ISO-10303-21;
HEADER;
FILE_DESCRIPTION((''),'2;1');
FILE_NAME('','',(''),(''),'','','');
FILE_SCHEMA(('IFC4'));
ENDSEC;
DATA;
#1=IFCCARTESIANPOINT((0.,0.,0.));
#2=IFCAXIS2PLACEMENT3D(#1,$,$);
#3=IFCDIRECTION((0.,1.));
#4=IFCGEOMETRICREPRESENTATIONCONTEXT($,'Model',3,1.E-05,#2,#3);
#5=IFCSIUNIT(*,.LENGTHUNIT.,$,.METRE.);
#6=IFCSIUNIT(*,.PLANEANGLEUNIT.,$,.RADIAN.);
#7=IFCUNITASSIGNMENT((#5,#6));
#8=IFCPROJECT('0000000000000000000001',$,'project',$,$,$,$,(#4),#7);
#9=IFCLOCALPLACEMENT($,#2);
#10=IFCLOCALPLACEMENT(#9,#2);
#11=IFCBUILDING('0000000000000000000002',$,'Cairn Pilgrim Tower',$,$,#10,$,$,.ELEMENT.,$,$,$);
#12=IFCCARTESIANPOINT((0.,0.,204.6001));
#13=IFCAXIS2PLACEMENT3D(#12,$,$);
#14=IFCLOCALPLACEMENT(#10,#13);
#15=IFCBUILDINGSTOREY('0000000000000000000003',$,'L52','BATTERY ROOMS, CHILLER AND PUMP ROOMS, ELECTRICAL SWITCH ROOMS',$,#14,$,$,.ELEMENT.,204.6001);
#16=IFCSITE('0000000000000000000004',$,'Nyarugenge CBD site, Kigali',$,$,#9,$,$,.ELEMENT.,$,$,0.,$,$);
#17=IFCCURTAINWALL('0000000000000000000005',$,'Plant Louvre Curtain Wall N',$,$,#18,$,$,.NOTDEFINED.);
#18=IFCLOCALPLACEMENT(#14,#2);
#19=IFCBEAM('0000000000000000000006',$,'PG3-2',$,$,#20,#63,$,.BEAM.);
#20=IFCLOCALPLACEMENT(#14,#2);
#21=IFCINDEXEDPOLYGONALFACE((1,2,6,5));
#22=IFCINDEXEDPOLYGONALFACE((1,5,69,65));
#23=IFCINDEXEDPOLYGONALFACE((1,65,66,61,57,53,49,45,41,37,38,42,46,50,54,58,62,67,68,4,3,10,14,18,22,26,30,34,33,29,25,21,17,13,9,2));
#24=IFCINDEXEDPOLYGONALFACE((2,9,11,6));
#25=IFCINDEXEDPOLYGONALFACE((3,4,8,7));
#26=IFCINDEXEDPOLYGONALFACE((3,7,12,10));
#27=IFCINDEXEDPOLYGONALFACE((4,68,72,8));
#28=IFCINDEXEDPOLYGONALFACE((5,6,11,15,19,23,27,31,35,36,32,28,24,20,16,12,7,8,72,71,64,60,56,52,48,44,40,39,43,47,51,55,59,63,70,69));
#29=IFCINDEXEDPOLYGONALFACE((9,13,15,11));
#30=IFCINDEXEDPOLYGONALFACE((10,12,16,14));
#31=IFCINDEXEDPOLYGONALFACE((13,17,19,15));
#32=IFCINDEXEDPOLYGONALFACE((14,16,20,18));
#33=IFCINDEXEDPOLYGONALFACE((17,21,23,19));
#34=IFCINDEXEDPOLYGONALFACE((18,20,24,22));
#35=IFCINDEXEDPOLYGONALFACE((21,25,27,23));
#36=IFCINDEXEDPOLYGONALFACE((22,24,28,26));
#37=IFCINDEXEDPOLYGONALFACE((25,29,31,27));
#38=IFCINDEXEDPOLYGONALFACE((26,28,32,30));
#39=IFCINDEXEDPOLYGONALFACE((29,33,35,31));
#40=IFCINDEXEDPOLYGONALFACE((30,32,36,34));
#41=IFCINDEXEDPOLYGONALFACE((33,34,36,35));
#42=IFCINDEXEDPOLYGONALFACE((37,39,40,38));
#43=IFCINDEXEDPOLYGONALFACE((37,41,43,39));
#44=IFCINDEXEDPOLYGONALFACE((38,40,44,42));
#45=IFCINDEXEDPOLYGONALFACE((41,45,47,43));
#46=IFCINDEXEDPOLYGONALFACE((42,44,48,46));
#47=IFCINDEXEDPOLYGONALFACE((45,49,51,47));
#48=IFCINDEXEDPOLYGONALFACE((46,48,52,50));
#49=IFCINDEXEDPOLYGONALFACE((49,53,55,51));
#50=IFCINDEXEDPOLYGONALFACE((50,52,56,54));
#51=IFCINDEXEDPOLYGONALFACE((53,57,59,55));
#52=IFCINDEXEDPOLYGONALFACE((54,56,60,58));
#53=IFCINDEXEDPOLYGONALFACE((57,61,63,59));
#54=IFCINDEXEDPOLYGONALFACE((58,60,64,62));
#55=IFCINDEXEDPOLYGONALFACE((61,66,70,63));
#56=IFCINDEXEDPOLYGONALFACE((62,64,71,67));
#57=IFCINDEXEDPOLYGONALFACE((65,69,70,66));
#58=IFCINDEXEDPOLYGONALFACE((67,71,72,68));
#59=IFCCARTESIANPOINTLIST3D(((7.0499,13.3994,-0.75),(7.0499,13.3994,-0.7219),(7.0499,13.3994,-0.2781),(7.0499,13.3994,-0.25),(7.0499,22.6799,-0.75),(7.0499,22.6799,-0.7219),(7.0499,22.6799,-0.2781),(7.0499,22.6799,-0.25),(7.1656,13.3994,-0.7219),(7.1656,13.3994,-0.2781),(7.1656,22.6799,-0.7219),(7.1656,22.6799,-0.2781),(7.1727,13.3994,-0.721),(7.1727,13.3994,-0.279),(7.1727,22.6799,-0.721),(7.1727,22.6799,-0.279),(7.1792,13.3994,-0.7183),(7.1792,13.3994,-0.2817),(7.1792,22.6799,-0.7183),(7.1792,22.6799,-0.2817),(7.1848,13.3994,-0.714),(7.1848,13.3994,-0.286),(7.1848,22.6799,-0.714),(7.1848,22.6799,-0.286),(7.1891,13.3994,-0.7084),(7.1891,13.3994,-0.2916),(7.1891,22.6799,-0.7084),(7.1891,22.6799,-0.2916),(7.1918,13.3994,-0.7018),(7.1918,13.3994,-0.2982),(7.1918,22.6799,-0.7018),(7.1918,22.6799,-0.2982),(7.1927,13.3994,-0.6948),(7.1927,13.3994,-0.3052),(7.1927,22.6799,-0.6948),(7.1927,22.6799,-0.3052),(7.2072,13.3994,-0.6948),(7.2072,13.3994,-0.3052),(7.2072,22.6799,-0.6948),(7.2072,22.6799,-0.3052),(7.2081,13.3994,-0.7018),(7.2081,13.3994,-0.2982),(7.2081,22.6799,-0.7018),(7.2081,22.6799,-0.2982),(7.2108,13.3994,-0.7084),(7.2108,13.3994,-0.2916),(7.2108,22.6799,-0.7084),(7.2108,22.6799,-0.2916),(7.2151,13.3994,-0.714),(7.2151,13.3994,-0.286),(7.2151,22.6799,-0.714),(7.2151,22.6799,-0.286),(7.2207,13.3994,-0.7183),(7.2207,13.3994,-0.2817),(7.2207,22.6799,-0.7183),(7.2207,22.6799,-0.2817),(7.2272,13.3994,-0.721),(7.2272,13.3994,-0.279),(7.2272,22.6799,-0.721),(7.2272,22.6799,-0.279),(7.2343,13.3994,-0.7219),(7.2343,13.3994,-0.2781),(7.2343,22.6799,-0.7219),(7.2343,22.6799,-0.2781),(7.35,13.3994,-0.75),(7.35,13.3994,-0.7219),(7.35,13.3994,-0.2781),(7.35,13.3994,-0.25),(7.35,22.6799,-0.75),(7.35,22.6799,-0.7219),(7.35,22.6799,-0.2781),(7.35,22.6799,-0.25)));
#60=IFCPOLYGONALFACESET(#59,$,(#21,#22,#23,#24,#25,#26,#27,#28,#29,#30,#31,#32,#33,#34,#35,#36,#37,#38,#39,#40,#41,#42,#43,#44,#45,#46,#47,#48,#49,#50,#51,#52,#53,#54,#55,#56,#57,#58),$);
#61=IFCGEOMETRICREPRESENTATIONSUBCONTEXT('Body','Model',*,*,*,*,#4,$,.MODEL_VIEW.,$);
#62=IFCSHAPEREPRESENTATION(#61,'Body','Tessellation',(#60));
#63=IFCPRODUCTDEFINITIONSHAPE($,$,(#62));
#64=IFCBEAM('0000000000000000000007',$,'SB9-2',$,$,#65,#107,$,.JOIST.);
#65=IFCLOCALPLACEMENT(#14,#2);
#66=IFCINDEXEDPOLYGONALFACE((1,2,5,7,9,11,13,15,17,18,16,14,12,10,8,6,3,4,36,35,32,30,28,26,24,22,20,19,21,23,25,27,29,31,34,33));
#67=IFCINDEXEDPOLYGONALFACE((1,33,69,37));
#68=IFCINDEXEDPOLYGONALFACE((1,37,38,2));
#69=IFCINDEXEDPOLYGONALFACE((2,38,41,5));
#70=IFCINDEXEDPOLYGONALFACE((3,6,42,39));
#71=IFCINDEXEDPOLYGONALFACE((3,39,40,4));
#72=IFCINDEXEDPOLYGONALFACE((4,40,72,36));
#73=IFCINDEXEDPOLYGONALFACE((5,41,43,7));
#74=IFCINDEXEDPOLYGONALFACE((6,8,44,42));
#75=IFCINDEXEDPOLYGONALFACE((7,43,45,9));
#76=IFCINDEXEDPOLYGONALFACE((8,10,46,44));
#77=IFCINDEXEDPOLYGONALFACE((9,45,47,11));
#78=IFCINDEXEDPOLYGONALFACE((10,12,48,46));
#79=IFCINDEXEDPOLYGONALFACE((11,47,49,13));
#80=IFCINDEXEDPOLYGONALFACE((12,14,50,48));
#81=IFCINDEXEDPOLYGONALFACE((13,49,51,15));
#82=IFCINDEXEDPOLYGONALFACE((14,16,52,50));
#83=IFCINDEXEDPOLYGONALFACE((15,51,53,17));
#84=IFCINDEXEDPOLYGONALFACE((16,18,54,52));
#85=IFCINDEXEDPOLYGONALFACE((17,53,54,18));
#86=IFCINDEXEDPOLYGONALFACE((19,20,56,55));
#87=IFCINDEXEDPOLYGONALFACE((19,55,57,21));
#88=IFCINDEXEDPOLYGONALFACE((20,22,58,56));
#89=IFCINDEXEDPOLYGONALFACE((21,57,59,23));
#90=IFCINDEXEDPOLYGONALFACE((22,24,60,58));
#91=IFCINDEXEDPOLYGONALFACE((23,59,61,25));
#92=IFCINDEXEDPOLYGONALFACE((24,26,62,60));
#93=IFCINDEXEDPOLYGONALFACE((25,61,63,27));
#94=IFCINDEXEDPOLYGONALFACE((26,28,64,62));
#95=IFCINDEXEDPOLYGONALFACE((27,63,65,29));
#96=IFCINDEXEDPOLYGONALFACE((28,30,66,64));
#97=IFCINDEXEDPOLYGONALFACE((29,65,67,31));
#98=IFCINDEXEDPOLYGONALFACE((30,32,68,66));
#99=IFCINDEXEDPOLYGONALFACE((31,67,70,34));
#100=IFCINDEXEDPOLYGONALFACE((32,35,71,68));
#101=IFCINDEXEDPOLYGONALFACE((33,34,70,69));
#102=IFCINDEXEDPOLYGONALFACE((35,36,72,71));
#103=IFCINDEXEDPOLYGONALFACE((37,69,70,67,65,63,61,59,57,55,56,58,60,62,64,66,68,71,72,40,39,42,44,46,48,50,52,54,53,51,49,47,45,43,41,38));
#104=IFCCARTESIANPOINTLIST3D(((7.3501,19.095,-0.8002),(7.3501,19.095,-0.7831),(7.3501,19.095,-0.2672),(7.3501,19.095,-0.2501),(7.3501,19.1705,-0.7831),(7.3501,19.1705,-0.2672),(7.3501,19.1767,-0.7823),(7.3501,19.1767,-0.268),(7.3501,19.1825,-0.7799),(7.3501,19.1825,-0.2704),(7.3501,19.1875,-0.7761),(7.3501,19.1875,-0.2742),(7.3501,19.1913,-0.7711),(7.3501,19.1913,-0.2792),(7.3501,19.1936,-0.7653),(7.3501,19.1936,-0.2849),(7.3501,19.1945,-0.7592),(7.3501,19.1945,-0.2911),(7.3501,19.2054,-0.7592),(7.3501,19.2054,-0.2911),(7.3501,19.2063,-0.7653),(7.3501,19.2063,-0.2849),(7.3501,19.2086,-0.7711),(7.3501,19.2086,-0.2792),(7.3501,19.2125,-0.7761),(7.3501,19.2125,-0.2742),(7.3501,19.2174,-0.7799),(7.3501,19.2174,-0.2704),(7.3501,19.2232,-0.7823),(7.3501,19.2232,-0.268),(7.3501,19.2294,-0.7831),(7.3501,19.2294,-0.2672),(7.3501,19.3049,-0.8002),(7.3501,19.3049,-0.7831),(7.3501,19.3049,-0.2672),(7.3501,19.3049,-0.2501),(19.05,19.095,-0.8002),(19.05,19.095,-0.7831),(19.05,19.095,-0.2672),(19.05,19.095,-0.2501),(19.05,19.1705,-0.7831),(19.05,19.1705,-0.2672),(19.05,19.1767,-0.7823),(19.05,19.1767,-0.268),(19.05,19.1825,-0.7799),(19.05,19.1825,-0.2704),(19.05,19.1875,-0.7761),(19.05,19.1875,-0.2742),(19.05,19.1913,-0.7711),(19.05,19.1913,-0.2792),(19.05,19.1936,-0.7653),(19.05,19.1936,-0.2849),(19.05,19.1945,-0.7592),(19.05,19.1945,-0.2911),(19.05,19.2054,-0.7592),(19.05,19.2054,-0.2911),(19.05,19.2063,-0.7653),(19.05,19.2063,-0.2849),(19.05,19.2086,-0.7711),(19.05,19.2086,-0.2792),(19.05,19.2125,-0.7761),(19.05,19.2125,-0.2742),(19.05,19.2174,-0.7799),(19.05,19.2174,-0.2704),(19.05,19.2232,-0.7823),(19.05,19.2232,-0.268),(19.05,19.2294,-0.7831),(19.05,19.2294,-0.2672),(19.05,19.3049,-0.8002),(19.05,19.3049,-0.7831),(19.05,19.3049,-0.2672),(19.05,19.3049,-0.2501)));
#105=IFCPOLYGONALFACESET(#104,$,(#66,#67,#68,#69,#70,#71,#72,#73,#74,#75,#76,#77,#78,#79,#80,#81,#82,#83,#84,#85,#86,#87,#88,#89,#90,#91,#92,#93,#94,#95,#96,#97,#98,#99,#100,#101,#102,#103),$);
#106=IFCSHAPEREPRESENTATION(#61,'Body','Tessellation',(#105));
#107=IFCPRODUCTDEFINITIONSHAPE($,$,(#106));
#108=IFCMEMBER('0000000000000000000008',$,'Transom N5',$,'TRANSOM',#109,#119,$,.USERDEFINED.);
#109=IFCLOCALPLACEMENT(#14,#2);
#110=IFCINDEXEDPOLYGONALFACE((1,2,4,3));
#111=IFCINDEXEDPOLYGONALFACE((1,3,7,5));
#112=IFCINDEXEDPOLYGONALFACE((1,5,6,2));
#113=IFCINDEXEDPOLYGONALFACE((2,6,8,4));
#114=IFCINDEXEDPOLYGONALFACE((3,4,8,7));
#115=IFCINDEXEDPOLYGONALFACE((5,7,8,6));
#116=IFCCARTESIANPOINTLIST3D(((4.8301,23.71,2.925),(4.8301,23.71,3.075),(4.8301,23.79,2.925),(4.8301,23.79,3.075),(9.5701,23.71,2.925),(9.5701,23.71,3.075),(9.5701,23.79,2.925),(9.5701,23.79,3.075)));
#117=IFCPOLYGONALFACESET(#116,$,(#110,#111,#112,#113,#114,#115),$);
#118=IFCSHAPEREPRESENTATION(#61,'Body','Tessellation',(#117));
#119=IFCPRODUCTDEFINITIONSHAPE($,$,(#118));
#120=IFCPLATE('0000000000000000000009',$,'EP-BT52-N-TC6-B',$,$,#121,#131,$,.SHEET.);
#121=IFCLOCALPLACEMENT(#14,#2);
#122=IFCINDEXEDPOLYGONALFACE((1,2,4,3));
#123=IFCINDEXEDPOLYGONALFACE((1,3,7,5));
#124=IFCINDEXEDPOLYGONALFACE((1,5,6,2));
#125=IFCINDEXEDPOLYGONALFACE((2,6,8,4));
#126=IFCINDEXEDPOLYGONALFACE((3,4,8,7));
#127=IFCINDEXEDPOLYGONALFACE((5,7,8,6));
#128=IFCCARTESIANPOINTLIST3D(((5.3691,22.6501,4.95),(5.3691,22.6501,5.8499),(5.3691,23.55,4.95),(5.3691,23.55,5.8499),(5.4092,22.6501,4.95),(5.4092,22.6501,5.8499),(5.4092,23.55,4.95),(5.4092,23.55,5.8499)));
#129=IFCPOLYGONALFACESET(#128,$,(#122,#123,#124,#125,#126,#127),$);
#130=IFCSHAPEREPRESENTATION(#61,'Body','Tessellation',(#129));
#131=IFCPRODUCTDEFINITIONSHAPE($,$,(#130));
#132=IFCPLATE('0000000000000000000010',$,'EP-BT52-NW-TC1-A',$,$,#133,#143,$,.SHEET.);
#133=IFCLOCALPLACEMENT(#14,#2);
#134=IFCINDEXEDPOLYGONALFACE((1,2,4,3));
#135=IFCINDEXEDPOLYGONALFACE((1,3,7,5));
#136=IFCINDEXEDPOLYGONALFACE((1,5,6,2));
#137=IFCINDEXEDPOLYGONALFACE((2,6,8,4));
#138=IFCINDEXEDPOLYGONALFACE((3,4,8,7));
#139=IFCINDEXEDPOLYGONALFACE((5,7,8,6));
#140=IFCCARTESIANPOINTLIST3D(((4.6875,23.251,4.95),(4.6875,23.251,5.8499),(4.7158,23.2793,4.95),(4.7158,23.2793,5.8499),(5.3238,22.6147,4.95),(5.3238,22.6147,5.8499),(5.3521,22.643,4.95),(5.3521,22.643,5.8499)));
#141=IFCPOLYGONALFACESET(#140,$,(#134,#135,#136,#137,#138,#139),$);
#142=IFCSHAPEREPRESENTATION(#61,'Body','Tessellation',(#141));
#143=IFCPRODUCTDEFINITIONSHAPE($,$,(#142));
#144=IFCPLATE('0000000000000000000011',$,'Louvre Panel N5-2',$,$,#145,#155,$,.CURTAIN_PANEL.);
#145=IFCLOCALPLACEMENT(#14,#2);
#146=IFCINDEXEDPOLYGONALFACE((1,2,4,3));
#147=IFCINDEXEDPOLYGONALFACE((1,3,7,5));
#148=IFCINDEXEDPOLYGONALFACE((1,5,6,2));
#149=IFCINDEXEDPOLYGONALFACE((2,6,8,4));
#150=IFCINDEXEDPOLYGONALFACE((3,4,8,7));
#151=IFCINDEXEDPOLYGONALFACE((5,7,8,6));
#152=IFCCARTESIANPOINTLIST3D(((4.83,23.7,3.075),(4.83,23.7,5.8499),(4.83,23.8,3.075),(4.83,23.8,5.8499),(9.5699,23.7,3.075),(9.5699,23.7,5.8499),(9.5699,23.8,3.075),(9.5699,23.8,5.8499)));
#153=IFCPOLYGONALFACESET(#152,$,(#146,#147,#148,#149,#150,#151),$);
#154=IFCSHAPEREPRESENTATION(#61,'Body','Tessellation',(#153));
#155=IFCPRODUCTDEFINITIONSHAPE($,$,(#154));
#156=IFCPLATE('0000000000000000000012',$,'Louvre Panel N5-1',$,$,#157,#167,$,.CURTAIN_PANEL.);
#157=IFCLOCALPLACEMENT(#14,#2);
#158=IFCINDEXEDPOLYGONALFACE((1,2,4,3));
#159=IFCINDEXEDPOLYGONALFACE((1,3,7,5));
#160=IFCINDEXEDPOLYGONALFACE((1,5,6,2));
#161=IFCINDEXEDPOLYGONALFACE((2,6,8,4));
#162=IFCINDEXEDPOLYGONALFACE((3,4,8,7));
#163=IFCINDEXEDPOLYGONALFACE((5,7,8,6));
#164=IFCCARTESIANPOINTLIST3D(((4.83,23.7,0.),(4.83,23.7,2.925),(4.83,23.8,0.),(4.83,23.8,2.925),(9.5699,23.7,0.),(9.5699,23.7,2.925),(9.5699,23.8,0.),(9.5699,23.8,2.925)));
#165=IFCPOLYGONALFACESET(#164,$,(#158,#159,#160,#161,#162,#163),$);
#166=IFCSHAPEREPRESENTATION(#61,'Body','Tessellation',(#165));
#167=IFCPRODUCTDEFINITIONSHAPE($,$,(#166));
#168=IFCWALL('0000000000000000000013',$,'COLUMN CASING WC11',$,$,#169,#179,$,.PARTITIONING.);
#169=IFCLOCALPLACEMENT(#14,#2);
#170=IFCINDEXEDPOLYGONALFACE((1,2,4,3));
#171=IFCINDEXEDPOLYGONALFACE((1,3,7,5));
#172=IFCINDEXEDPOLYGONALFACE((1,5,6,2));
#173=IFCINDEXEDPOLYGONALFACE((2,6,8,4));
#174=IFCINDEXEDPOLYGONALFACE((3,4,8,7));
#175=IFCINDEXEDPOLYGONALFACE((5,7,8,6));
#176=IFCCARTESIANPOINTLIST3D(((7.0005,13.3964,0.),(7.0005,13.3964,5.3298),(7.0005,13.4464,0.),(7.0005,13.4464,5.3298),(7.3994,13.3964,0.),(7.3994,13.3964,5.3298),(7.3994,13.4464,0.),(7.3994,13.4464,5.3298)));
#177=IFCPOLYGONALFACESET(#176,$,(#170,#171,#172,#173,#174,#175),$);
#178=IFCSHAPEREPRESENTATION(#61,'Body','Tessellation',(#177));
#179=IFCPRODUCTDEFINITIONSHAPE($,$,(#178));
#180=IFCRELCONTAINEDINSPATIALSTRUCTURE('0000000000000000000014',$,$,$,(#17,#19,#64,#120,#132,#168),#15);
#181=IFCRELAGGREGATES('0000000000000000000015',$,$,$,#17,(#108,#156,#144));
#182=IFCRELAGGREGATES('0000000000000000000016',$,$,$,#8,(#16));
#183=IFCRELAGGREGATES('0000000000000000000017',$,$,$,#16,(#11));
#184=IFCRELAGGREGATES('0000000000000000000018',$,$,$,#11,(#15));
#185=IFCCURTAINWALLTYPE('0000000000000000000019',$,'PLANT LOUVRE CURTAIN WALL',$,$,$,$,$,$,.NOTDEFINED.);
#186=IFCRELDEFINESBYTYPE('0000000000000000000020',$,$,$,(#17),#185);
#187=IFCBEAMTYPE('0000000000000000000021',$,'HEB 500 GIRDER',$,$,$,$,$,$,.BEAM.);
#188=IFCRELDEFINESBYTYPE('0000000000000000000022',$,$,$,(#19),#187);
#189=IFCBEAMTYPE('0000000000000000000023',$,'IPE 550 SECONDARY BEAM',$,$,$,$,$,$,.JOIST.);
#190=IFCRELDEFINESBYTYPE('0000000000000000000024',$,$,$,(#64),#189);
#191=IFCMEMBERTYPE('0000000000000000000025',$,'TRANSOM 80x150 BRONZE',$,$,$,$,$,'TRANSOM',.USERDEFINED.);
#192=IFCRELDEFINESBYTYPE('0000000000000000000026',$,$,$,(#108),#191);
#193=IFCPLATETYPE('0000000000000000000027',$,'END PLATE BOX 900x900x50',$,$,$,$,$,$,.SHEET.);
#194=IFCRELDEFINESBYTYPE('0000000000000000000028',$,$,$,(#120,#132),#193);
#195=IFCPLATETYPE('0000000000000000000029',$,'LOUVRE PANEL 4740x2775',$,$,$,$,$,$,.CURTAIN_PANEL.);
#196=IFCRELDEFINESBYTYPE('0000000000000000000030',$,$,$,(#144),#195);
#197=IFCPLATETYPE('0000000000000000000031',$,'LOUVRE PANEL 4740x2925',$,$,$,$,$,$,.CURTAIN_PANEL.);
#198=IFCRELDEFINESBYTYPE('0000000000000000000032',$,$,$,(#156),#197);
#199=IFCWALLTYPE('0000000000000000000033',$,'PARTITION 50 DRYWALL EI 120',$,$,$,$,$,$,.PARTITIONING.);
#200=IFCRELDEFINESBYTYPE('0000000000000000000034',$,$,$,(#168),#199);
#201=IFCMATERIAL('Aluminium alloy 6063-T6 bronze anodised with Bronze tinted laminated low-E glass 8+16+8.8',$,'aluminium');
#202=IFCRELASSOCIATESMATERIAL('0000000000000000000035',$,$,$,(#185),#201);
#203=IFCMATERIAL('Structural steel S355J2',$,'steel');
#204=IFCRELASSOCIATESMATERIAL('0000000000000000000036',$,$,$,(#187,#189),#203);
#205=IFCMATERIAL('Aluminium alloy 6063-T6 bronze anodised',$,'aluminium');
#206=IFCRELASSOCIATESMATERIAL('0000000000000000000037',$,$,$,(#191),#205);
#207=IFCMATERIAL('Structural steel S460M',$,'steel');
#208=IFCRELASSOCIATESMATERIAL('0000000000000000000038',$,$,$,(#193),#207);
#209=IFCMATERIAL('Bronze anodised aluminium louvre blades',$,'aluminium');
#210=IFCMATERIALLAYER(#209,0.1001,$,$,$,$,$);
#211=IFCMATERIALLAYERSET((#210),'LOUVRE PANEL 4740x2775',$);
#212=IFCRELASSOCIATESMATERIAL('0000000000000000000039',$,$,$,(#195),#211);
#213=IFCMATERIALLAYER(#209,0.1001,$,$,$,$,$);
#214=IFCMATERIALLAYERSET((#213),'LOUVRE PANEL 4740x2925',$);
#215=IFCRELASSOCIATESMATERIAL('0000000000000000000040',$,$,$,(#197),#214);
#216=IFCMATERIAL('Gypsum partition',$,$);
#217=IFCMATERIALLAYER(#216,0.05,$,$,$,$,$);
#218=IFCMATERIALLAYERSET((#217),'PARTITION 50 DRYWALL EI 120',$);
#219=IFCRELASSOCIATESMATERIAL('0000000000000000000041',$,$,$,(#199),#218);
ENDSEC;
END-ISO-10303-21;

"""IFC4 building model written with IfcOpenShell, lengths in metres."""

from ifc_helpers import new_model, si_unit, direction, frame, frame_2d, origin, origin_2d, place, context, subcontext, project, spatial, rectangle, i_section, extrude, material, layer, layer_set, material_profile, profile_set, type_object, element, aggregate, save


model = new_model("IFC4")

# Units and contexts
model_context = context("Model", 3, precision=1e-05, world=origin(), true_north=direction((0.0, 1.0)))
body_context = subcontext(model_context, "Body", "Model", "MODEL_VIEW")
ifc_project = project(units=[si_unit("LENGTHUNIT", "METRE"), si_unit("PLANEANGLEUNIT", "RADIAN")], contexts=[model_context])

# Site, building, storey
site_placement = place(None, origin())
site = spatial("IfcSite", under=ifc_project, at=site_placement, Name="Nyarugenge CBD site, Kigali", CompositionType="ELEMENT", RefElevation=0.0)
building_placement = place(site_placement, origin())
building = spatial("IfcBuilding", under=site, at=building_placement, Name="Cairn Pilgrim Tower", CompositionType="ELEMENT")
storey_placement = place(building_placement, frame((0.0, 0.0, 204.6001)))
storey = spatial("IfcBuildingStorey", under=building, at=storey_placement, Name="L52", Description="BATTERY ROOMS, CHILLER AND PUMP ROOMS, ELECTRICAL SWITCH ROOMS", CompositionType="ELEMENT", Elevation=204.6001)

# Shared definitions
ifc_material_1 = material(Name="Structural steel S460M", Category="steel")

# Curtain wall
ifc_material_2 = material(Name="Aluminium alloy 6063-T6 bronze anodised with Bronze tinted laminated low-E glass 8+16+8.8", Category="aluminium")
curtain_wall_type = type_object("IfcCurtainWallType", Name="PLANT LOUVRE CURTAIN WALL", PredefinedType="NOTDEFINED", material=ifc_material_2)
curtain_wall_placement = place(storey_placement, origin())
curtain_wall = element("IfcCurtainWall", 1, at=curtain_wall_placement, inside=storey, type_object=curtain_wall_type, Name="Plant Louvre Curtain Wall N", PredefinedType="NOTDEFINED")
ifc_material_3 = material(Name="Aluminium alloy 6063-T6 bronze anodised", Category="aluminium")

# Beams
ifc_material_4 = material(Name="Structural steel S355J2", Category="steel")
ifc_material_profile_1 = material_profile(ifc_material_4, i_section(OverallWidth=0.3, OverallDepth=0.5, WebThickness=0.0144, FlangeThickness=0.0281, FilletRadius=0.0271, at=origin_2d()), Name="HEB 500")
ifc_profile_set_1 = profile_set([ifc_material_profile_1], Name="Structural steel S355J2")
beam_type_1 = type_object("IfcBeamType", Name="HEB 500 GIRDER", PredefinedType="BEAM", material=ifc_profile_set_1)
beam_1_placement = place(storey_placement, frame((7.2, 13.3994, -0.5), z_axis=(0.0, 1.0, 0.0), x_axis=(-1.0, 0.0, 0.0)))
element("IfcBeam", 2, at=beam_1_placement, inside=storey, type_object=beam_type_1, Name="PG3-2", PredefinedType="BEAM", context=body_context, shape_type="SweptSolid", body=[
    extrude(i_section(OverallWidth=0.3, OverallDepth=0.5, WebThickness=0.0144, FlangeThickness=0.0281, FilletRadius=0.0271, at=origin_2d()), origin(), (0.0, 0.0, 1.0), 9.2805),
])
ifc_material_profile_2 = material_profile(ifc_material_4, i_section(OverallWidth=0.21, OverallDepth=0.55, WebThickness=0.011, FlangeThickness=0.0171, FilletRadius=0.0239, at=origin_2d()), Name="IPE 550")
ifc_profile_set_2 = profile_set([ifc_material_profile_2], Name="Structural steel S355J2")
beam_type_2 = type_object("IfcBeamType", Name="IPE 550 SECONDARY BEAM", PredefinedType="JOIST", material=ifc_profile_set_2)
beam_2_placement = place(storey_placement, frame((7.3501, 19.2, -0.5251), z_axis=(1.0, 0.0, 0.0), x_axis=(0.0, 1.0, 0.0)))
element("IfcBeam", 3, at=beam_2_placement, inside=storey, type_object=beam_type_2, Name="SB9-2", PredefinedType="JOIST", context=body_context, shape_type="SweptSolid", body=[
    extrude(i_section(OverallWidth=0.21, OverallDepth=0.55, WebThickness=0.011, FlangeThickness=0.0171, FilletRadius=0.0239, at=origin_2d()), origin(), (0.0, 0.0, 1.0), 11.7),
])

# Member
ifc_material_profile_3 = material_profile(ifc_material_3, rectangle(XDim=0.0801, YDim=0.1499, at=origin_2d()), Name="TRANSOM 80x150 BRONZE")
ifc_profile_set_3 = profile_set([ifc_material_profile_3], Name="Aluminium alloy 6063-T6 bronze anodised")
member_type_1 = type_object("IfcMemberType", Name="TRANSOM 80x150 BRONZE", ElementType="TRANSOM", PredefinedType="USERDEFINED", material=ifc_profile_set_3)
member_1_placement = place(storey_placement, frame((9.5701, 23.75, 3.0), z_axis=(-1.0, 0.0, 0.0), x_axis=(0.0, -1.0, 0.0)))
member_1 = element("IfcMember", 4, at=member_1_placement, type_object=member_type_1, Name="Transom N5", ObjectType="TRANSOM", PredefinedType="USERDEFINED", context=body_context, shape_type="SweptSolid", body=[
    extrude(rectangle(XDim=0.0801, YDim=0.1499, at=origin_2d()), origin(), (0.0, 0.0, 1.0), 4.74),
])

# Plates
ifc_material_profile_4 = material_profile(ifc_material_1, rectangle(XDim=0.8999, YDim=0.8999, at=origin_2d()), Name="END PLATE BOX 900x900x50")
ifc_profile_set_4 = profile_set([ifc_material_profile_4], Name="Structural steel S460M")
plate_type_1 = type_object("IfcPlateType", Name="END PLATE BOX 900x900x50", PredefinedType="SHEET", material=ifc_profile_set_4)
for number, where, z_axis, x_axis, name in (
    (5, (5.4092, 23.1001, 5.3999), (-1.0, 0.0, 0.0), (0.0, -1.0, 0.0), "EP-BT52-N-TC6-B"),
    (6, (5.0056, 22.9329, 5.3999), (0.707107, 0.707107, 0.0), (-0.707107, 0.707107, 0.0), "EP-BT52-NW-TC1-A"),
):
    element("IfcPlate", number, at=place(storey_placement, frame(where, z_axis=z_axis, x_axis=x_axis)), inside=storey, type_object=plate_type_1, Name=name, PredefinedType="SHEET", context=body_context, shape_type="SweptSolid", body=[
        extrude(rectangle(XDim=0.8999, YDim=0.8999, at=origin_2d()), origin(), (0.0, 0.0, 1.0), 0.04),
    ])

# Plates
ifc_material_5 = material(Name="Bronze anodised aluminium louvre blades", Category="aluminium")
ifc_layer_1 = layer(ifc_material_5, 0.1001)
ifc_layer_set_1 = layer_set([ifc_layer_1], Name="LOUVRE PANEL 4740x2775")
plate_type_2 = type_object("IfcPlateType", Name="LOUVRE PANEL 4740x2775", PredefinedType="CURTAIN_PANEL", material=ifc_layer_set_1)
plate_1_placement = place(storey_placement, frame((7.2, 23.75, 3.075), z_axis=(0.0, 0.0, 1.0), x_axis=(-1.0, 0.0, 0.0)))
plate_1 = element("IfcPlate", 7, at=plate_1_placement, type_object=plate_type_2, Name="Louvre Panel N5-2", PredefinedType="CURTAIN_PANEL", context=body_context, shape_type="SweptSolid", body=[
    extrude(rectangle(XDim=4.74, YDim=0.1001, at=origin_2d()), origin(), (0.0, 0.0, 1.0), 2.7749),
])
ifc_layer_2 = layer(ifc_material_5, 0.1001)
ifc_layer_set_2 = layer_set([ifc_layer_2], Name="LOUVRE PANEL 4740x2925")
plate_type_3 = type_object("IfcPlateType", Name="LOUVRE PANEL 4740x2925", PredefinedType="CURTAIN_PANEL", material=ifc_layer_set_2)
plate_2_placement = place(storey_placement, frame((7.2, 23.75, 0.0), z_axis=(0.0, 0.0, 1.0), x_axis=(-1.0, 0.0, 0.0)))
plate_2 = element("IfcPlate", 8, at=plate_2_placement, type_object=plate_type_3, Name="Louvre Panel N5-1", PredefinedType="CURTAIN_PANEL", context=body_context, shape_type="SweptSolid", body=[
    extrude(rectangle(XDim=4.74, YDim=0.1001, at=origin_2d()), origin(), (0.0, 0.0, 1.0), 2.925),
])
aggregate(curtain_wall, [member_1, plate_2, plate_1])

# Wall
ifc_material_6 = material(Name="Gypsum partition")
ifc_layer_3 = layer(ifc_material_6, 0.05)
ifc_layer_set_3 = layer_set([ifc_layer_3], Name="PARTITION 50 DRYWALL EI 120")
wall_type_1 = type_object("IfcWallType", Name="PARTITION 50 DRYWALL EI 120", PredefinedType="PARTITIONING", material=ifc_layer_set_3)
wall_1_placement = place(storey_placement, frame((7.0005, 13.4214, 0.0), z_axis=(0.0, 0.0, 1.0), x_axis=(1.0, 0.0, 0.0)))
element("IfcWall", 9, at=wall_1_placement, inside=storey, type_object=wall_type_1, Name="COLUMN CASING WC11", PredefinedType="PARTITIONING", context=body_context, shape_type="SweptSolid", body=[
    extrude(rectangle(XDim=0.3989, YDim=0.05, at=frame_2d((0.1995, 0.0))), origin(), (0.0, 0.0, 1.0), 5.3298),
])

save(model, "model.ifc")
